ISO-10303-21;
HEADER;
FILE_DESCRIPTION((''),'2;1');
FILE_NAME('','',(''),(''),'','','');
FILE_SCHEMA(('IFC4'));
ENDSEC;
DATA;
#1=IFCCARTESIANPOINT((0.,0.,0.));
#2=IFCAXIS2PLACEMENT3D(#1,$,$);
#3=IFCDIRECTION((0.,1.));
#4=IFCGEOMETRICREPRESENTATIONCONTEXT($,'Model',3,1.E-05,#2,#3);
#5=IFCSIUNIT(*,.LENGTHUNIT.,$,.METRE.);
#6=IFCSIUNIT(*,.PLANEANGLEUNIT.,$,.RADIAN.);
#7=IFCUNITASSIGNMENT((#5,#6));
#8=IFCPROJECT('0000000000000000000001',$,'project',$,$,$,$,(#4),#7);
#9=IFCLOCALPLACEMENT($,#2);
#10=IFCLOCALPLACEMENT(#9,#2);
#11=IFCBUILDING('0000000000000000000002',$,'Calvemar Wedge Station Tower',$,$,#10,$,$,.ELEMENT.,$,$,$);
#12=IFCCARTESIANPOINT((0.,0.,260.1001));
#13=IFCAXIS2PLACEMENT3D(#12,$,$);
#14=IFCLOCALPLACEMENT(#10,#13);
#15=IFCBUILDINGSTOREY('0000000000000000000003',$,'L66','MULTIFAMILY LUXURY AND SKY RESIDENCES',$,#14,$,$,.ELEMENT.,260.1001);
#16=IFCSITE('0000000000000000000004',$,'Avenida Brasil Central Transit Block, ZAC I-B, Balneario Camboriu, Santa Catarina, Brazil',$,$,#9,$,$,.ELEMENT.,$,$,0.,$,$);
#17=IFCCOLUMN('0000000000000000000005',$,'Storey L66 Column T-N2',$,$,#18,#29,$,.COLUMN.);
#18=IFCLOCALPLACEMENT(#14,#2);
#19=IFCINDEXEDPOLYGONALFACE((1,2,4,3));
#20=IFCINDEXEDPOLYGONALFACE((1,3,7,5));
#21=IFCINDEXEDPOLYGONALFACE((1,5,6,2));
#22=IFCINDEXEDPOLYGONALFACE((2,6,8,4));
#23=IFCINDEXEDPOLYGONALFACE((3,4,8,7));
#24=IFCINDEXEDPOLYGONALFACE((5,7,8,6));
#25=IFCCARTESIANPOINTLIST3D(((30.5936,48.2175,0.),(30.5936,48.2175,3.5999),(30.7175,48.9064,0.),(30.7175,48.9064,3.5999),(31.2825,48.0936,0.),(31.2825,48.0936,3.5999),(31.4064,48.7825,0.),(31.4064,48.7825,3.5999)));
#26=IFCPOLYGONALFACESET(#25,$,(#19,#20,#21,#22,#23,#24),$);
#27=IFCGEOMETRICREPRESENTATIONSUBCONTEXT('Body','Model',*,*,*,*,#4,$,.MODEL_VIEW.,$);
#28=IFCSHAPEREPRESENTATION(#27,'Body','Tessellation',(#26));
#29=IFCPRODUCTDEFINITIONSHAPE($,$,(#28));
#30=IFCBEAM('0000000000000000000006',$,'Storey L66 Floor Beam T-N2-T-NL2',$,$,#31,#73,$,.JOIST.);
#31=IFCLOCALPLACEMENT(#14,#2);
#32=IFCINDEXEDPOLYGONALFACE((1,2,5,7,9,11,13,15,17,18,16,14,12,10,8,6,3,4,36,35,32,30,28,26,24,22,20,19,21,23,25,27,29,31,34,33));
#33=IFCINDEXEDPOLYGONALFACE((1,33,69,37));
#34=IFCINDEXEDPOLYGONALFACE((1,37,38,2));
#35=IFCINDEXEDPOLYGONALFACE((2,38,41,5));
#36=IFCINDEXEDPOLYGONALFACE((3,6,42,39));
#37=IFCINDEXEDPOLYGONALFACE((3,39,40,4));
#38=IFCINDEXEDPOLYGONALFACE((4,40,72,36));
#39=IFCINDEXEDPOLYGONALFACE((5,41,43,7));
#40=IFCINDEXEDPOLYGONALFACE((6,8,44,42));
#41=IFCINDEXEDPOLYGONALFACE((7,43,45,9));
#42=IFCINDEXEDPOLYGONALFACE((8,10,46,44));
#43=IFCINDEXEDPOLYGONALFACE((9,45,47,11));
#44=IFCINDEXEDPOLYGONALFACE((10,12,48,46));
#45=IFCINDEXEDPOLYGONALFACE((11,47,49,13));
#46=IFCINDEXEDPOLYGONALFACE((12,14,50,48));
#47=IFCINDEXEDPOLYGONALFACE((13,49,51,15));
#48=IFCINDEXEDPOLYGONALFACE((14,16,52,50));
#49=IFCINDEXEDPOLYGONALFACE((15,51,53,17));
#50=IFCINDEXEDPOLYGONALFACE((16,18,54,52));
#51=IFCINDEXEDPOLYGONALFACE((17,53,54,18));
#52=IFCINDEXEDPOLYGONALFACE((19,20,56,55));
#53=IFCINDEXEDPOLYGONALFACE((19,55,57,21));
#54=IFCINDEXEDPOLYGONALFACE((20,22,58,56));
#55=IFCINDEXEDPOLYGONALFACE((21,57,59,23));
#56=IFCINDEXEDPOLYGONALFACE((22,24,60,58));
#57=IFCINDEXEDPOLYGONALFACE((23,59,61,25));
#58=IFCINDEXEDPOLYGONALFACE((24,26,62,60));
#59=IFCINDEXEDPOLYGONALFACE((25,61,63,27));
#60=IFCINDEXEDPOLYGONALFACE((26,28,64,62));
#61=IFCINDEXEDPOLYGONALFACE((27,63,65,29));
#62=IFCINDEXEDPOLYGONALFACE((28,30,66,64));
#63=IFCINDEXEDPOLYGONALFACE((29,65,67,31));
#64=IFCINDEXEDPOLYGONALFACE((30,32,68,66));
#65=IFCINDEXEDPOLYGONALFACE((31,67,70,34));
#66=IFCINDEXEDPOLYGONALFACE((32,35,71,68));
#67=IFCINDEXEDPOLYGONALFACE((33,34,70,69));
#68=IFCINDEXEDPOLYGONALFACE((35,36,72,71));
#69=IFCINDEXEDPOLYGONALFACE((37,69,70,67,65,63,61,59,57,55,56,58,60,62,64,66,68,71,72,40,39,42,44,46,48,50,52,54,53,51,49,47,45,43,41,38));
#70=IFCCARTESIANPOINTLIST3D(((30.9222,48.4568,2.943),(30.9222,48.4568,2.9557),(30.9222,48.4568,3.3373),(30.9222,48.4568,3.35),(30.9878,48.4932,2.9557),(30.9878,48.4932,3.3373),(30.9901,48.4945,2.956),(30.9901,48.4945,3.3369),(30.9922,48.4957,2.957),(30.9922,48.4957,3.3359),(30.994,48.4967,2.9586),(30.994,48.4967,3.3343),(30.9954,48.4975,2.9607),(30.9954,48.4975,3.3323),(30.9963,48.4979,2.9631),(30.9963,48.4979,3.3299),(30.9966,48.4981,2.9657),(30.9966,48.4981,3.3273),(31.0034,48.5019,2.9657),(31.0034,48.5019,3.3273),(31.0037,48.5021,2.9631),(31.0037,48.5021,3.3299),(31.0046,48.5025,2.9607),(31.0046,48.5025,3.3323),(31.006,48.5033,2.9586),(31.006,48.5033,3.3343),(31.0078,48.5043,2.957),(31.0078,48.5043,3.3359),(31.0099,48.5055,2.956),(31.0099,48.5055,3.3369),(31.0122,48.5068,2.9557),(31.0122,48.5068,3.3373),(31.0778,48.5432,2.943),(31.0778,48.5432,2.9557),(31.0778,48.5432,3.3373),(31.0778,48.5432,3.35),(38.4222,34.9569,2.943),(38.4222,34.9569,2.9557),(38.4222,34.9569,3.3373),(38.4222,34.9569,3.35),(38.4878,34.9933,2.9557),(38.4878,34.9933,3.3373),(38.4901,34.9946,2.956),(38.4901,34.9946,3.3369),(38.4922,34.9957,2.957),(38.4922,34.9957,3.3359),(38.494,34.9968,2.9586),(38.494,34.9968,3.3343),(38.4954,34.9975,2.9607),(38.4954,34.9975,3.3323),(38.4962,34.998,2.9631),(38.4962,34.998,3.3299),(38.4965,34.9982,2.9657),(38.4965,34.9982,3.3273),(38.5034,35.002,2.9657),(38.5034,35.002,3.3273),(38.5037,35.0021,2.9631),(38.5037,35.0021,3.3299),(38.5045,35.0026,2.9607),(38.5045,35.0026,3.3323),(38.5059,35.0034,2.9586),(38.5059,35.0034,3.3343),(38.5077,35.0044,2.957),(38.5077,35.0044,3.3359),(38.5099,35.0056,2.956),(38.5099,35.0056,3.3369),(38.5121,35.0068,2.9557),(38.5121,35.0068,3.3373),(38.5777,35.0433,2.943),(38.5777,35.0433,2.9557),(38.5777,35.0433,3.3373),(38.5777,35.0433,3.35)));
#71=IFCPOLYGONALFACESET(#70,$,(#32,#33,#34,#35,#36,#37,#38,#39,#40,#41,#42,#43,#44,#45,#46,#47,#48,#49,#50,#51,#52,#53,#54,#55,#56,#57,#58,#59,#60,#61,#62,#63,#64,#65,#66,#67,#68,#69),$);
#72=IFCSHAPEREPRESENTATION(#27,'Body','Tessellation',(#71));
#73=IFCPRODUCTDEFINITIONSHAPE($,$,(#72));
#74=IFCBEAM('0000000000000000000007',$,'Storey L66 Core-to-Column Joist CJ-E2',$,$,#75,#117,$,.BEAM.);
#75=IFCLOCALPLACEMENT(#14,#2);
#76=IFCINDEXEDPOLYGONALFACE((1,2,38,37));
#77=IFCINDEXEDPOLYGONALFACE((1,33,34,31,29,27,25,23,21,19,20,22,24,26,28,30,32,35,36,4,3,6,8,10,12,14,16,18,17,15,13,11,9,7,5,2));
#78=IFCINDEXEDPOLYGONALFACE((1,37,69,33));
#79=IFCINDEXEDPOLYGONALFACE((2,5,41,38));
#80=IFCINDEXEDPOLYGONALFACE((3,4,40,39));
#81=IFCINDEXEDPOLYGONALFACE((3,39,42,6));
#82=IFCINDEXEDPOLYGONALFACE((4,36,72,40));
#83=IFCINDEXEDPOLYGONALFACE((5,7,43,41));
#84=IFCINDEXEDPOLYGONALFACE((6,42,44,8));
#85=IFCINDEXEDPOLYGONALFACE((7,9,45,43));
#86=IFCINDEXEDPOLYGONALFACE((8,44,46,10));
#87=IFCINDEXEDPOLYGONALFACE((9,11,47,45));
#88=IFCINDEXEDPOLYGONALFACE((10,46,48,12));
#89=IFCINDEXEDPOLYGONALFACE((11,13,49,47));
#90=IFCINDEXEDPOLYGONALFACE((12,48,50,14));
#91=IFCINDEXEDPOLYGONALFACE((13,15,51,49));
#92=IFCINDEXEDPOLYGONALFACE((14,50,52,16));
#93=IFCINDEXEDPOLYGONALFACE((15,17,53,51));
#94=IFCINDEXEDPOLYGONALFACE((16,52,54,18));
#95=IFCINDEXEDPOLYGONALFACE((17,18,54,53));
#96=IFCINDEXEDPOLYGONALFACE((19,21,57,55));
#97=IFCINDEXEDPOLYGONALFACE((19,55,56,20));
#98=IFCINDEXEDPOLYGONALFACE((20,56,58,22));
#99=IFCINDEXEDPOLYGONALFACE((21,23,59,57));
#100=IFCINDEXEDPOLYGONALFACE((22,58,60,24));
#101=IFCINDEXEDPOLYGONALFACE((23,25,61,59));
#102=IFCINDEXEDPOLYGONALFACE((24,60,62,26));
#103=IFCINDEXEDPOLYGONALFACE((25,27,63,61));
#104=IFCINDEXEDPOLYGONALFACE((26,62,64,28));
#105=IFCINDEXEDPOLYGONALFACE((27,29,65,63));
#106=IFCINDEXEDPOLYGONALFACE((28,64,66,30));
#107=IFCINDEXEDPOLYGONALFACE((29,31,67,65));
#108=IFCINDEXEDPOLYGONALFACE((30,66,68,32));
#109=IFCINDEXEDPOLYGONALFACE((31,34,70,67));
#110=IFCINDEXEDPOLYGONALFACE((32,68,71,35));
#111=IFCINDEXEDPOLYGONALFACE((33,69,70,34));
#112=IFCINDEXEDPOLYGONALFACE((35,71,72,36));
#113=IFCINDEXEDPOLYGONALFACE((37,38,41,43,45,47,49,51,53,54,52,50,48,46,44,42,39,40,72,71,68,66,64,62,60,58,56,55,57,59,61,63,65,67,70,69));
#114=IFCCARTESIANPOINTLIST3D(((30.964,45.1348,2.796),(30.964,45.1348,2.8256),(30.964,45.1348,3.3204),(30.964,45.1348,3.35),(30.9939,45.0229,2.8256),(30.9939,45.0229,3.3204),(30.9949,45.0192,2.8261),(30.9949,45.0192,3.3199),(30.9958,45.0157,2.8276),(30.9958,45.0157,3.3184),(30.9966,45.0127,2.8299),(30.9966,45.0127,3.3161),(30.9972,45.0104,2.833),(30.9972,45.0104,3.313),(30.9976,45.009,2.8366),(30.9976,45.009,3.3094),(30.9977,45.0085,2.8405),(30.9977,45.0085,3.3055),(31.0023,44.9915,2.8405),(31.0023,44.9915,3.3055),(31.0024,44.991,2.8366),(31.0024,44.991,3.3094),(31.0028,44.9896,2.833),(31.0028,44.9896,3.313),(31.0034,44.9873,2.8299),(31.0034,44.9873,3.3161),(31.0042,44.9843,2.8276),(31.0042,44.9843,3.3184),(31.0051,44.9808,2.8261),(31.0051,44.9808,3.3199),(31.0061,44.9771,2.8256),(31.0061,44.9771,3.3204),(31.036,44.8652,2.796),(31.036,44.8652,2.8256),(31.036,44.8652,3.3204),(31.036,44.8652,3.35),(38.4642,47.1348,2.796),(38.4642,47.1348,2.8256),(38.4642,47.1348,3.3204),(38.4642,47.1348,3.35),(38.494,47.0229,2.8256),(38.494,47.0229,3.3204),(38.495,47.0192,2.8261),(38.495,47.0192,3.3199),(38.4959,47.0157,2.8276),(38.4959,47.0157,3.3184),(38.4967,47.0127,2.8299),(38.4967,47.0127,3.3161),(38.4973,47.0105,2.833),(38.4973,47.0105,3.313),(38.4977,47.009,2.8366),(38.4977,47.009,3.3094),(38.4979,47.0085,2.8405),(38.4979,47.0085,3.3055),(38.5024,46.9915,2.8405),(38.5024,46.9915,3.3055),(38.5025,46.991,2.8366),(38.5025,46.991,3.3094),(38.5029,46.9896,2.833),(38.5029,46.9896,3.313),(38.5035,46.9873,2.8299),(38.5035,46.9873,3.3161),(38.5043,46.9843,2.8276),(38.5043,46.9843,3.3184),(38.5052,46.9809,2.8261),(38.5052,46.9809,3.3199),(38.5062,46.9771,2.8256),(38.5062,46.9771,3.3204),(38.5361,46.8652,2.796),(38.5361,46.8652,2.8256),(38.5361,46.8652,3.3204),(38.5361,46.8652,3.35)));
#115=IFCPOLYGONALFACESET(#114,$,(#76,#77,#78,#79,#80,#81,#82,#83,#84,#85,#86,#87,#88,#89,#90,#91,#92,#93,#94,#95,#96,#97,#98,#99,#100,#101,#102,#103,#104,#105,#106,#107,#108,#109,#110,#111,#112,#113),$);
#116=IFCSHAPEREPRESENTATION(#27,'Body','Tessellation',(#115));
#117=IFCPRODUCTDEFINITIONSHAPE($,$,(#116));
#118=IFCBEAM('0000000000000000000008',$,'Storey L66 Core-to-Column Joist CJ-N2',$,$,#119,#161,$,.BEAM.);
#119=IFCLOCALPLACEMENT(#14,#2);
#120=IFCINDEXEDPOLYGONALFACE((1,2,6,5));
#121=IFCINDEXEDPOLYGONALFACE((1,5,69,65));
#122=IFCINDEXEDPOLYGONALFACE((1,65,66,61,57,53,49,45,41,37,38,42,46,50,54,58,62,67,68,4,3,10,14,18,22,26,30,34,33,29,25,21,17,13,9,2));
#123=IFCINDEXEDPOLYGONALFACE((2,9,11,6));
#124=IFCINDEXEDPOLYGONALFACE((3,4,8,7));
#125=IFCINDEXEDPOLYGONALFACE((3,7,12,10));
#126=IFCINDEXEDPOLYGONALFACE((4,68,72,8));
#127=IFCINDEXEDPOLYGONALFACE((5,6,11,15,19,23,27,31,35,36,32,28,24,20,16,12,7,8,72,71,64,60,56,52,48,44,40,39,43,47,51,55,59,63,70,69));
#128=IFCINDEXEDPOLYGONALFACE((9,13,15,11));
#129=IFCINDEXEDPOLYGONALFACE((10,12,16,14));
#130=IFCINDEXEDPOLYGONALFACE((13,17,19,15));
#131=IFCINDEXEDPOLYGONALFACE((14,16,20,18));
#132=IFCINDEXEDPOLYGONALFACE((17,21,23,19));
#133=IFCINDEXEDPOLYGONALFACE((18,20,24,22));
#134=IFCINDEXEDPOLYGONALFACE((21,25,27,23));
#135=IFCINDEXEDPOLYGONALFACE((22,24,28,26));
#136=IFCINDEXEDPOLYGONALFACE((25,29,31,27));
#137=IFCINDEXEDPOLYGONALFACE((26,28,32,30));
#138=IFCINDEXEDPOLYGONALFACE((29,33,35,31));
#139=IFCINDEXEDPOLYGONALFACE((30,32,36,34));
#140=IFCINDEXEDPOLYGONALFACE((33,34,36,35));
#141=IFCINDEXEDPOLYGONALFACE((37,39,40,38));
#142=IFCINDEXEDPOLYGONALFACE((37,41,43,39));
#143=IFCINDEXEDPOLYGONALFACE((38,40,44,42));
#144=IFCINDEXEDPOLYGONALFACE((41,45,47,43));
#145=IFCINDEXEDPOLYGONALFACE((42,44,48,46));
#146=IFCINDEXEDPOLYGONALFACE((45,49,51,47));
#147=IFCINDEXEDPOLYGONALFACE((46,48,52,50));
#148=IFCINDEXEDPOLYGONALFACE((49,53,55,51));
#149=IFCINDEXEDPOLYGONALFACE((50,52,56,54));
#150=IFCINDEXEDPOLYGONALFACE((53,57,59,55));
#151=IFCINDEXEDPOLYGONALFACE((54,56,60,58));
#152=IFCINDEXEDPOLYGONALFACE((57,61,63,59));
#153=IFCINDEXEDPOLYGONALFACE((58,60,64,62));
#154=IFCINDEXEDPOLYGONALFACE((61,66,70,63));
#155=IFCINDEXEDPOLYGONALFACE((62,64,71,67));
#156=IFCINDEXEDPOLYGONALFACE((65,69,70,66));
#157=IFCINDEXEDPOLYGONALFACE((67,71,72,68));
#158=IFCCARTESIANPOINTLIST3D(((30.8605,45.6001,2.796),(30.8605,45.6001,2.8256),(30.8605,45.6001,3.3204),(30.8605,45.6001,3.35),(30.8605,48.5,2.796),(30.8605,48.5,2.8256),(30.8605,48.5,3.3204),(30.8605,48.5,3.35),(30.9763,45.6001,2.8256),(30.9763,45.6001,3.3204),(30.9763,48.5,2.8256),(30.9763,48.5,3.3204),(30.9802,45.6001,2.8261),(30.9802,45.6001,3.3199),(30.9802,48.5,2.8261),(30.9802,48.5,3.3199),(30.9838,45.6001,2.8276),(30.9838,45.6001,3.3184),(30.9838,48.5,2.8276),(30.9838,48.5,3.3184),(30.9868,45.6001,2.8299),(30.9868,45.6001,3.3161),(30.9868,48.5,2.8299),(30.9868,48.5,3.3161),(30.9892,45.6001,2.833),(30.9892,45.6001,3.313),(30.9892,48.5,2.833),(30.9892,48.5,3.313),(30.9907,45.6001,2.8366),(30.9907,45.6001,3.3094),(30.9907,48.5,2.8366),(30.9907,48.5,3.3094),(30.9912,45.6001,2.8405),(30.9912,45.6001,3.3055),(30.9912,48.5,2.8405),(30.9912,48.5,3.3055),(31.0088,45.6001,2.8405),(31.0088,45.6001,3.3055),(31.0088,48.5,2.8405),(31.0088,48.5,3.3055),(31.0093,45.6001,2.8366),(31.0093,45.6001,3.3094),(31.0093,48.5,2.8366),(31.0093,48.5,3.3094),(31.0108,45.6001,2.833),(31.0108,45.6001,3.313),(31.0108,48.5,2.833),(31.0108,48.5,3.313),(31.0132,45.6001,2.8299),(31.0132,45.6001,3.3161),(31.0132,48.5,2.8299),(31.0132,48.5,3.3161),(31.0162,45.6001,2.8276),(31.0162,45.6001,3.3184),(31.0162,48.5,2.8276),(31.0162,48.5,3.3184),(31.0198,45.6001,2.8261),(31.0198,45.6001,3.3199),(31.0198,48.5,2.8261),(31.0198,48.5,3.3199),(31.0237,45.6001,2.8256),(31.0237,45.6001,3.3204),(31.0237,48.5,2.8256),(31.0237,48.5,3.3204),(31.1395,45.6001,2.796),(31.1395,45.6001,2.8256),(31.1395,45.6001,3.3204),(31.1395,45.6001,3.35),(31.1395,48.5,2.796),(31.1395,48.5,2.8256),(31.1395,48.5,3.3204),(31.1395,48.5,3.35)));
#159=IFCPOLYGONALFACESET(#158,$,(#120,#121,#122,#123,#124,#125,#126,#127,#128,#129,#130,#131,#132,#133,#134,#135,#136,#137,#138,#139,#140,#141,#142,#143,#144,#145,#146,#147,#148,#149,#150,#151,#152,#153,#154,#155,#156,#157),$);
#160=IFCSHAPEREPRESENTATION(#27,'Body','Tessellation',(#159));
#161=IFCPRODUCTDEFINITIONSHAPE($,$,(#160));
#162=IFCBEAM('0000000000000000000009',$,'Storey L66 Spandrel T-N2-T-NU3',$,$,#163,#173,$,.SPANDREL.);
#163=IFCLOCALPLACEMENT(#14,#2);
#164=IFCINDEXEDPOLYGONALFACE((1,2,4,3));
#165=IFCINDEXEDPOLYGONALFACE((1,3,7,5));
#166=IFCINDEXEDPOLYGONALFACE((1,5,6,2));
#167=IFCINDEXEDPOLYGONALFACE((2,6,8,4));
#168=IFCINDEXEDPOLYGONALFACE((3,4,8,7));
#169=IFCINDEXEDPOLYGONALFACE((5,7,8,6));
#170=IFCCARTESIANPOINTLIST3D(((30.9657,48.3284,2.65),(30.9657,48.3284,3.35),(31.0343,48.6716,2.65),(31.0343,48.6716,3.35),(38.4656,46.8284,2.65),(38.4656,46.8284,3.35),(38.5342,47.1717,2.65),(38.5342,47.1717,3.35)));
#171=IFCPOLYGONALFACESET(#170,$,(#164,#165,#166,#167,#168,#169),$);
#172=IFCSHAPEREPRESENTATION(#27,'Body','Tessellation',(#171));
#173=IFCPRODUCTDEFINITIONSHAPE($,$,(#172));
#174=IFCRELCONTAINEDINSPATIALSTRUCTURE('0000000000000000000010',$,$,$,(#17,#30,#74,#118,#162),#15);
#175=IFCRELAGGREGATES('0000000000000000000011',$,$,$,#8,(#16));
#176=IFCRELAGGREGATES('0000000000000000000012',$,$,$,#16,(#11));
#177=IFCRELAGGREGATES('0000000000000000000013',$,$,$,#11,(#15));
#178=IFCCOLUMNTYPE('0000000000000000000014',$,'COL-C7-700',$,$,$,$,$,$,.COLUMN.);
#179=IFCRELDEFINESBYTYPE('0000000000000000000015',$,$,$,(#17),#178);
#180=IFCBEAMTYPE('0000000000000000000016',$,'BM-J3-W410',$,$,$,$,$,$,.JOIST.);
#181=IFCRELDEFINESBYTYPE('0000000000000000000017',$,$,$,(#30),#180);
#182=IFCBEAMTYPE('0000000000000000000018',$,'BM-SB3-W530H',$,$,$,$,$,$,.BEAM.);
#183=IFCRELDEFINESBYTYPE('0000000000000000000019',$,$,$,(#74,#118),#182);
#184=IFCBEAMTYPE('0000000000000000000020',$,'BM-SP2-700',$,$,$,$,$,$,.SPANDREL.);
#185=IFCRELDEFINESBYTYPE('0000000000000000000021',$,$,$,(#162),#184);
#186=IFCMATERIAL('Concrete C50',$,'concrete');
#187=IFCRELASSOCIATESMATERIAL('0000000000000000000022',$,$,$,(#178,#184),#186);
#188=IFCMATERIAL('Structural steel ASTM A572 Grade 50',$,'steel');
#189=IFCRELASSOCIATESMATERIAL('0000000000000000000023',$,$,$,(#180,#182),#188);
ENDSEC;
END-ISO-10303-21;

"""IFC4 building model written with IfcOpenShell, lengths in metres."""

from ifc_helpers import new_model, si_unit, direction, frame, origin, origin_2d, place, context, subcontext, project, spatial, rectangle, i_section, extrude, source, transform, mapped, material, material_profile, profile_set, type_object, element, save


model = new_model("IFC4")

# Units and contexts
model_context = context("Model", 3, precision=1e-05, world=origin(), true_north=direction((0.0, 1.0)))
body_context = subcontext(model_context, "Body", "Model", "MODEL_VIEW")
ifc_project = project(units=[si_unit("LENGTHUNIT", "METRE"), si_unit("PLANEANGLEUNIT", "RADIAN")], contexts=[model_context])

# Site, building, storey
site_placement = place(None, origin())
site = spatial("IfcSite", under=ifc_project, at=site_placement, Name="Avenida Brasil Central Transit Block, ZAC I-B, Balneario Camboriu, Santa Catarina, Brazil", CompositionType="ELEMENT", RefElevation=0.0)
building_placement = place(site_placement, origin())
building = spatial("IfcBuilding", under=site, at=building_placement, Name="Calvemar Wedge Station Tower", CompositionType="ELEMENT")
storey_placement = place(building_placement, frame((0.0, 0.0, 260.1001)))
storey = spatial("IfcBuildingStorey", under=building, at=storey_placement, Name="L66", Description="MULTIFAMILY LUXURY AND SKY RESIDENCES", CompositionType="ELEMENT", Elevation=260.1001)

# Column
ifc_material_1 = material(Name="Concrete C50", Category="concrete")
ifc_material_profile_1 = material_profile(ifc_material_1, rectangle(XDim=0.7, YDim=0.7, at=origin_2d()), Name="RC700x700")
ifc_profile_set_1 = profile_set([ifc_material_profile_1], Name="Concrete C50")
column_type = type_object("IfcColumnType", Name="COL-C7-700", PredefinedType="COLUMN", material=ifc_profile_set_1)
shared_shape_1 = source(origin(), body_context, "Body", "SweptSolid", [
    extrude(rectangle(XDim=0.7, YDim=0.7, at=origin_2d()), origin(), (0.0, 0.0, 1.0), 3.5999),
])
column_placement = place(storey_placement, frame((31.0, 48.5, 0.0), z_axis=(0.0, 0.0, 1.0), x_axis=(0.984196, -0.177085, 0.0)))
element("IfcColumn", 1, at=column_placement, inside=storey, type_object=column_type, Name="Storey L66 Column T-N2", PredefinedType="COLUMN", context=body_context, shape_type="MappedRepresentation", body=[
    mapped(shared_shape_1, transform((0.0, 0.0, 0.0), scale=1.0)),
])

# Beams
ifc_material_2 = material(Name="Structural steel ASTM A572 Grade 50", Category="steel")
ifc_material_profile_2 = material_profile(ifc_material_2, i_section(OverallWidth=0.178, OverallDepth=0.407, WebThickness=0.0078, FlangeThickness=0.0127, FilletRadius=0.01, at=origin_2d()), Name="W410x60")
ifc_profile_set_2 = profile_set([ifc_material_profile_2], Name="Structural steel ASTM A572 Grade 50")
beam_type_1 = type_object("IfcBeamType", Name="BM-J3-W410", PredefinedType="JOIST", material=ifc_profile_set_2)
shared_shape_2 = source(origin(), body_context, "Body", "SweptSolid", [
    extrude(i_section(OverallWidth=0.178, OverallDepth=0.407, WebThickness=0.0078, FlangeThickness=0.0127, FilletRadius=0.01, at=origin_2d()), origin(), (0.0, 0.0, 1.0), 15.4434),
])
beam_1_placement = place(storey_placement, frame((31.0, 48.5, 3.1465), z_axis=(0.485643, -0.874157, 0.0), x_axis=(0.874157, 0.485643, 0.0)))
element("IfcBeam", 2, at=beam_1_placement, inside=storey, type_object=beam_type_1, Name="Storey L66 Floor Beam T-N2-T-NL2", PredefinedType="JOIST", context=body_context, shape_type="MappedRepresentation", body=[
    mapped(shared_shape_2, transform((0.0, 0.0, 0.0), scale=1.0)),
])
ifc_material_profile_3 = material_profile(ifc_material_2, i_section(OverallWidth=0.2791, OverallDepth=0.554, WebThickness=0.0176, FlangeThickness=0.0295, FilletRadius=0.0149, at=origin_2d()), Name="W530x196")
ifc_profile_set_3 = profile_set([ifc_material_profile_3], Name="Structural steel ASTM A572 Grade 50")
beam_type_2 = type_object("IfcBeamType", Name="BM-SB3-W530H", PredefinedType="BEAM", material=ifc_profile_set_3)
shared_shape_3 = source(origin(), body_context, "Body", "SweptSolid", [
    extrude(i_section(OverallWidth=0.2791, OverallDepth=0.554, WebThickness=0.0176, FlangeThickness=0.0295, FilletRadius=0.0149, at=origin_2d()), origin(), (0.0, 0.0, 1.0), 7.7622),
])
beam_2_placement = place(storey_placement, frame((31.0, 45.0, 3.073), z_axis=(0.966235, 0.257663, 0.0), x_axis=(-0.257663, 0.966235, 0.0)))
element("IfcBeam", 3, at=beam_2_placement, inside=storey, type_object=beam_type_2, Name="Storey L66 Core-to-Column Joist CJ-E2", PredefinedType="BEAM", context=body_context, shape_type="MappedRepresentation", body=[
    mapped(shared_shape_3, transform((0.0, 0.0, 0.0), scale=1.0)),
])
shared_shape_4 = source(origin(), body_context, "Body", "SweptSolid", [
    extrude(i_section(OverallWidth=0.2791, OverallDepth=0.554, WebThickness=0.0176, FlangeThickness=0.0295, FilletRadius=0.0149, at=origin_2d()), origin(), (0.0, 0.0, 1.0), 2.8999),
])
beam_3_placement = place(storey_placement, frame((31.0, 45.6001, 3.073), z_axis=(0.0, 1.0, 0.0), x_axis=(-1.0, 0.0, 0.0)))
element("IfcBeam", 4, at=beam_3_placement, inside=storey, type_object=beam_type_2, Name="Storey L66 Core-to-Column Joist CJ-N2", PredefinedType="BEAM", context=body_context, shape_type="MappedRepresentation", body=[
    mapped(shared_shape_4, transform((0.0, 0.0, 0.0), scale=1.0)),
])
ifc_material_profile_4 = material_profile(ifc_material_1, rectangle(XDim=0.3501, YDim=0.7, at=origin_2d()), Name="RC350x700")
ifc_profile_set_4 = profile_set([ifc_material_profile_4], Name="Concrete C50")
beam_type_3 = type_object("IfcBeamType", Name="BM-SP2-700", PredefinedType="SPANDREL", material=ifc_profile_set_4)
shared_shape_5 = source(origin(), body_context, "Body", "SweptSolid", [
    extrude(rectangle(XDim=0.3501, YDim=0.7, at=origin_2d()), origin(), (0.0, 0.0, 1.0), 7.6484),
])
beam_4_placement = place(storey_placement, frame((31.0, 48.5, 3.0), z_axis=(0.980581, -0.196116, 0.0), x_axis=(0.196116, 0.980581, 0.0)))
element("IfcBeam", 5, at=beam_4_placement, inside=storey, type_object=beam_type_3, Name="Storey L66 Spandrel T-N2-T-NU3", PredefinedType="SPANDREL", context=body_context, shape_type="MappedRepresentation", body=[
    mapped(shared_shape_5, transform((0.0, 0.0, 0.0), scale=1.0)),
])

save(model, "model.ifc")
